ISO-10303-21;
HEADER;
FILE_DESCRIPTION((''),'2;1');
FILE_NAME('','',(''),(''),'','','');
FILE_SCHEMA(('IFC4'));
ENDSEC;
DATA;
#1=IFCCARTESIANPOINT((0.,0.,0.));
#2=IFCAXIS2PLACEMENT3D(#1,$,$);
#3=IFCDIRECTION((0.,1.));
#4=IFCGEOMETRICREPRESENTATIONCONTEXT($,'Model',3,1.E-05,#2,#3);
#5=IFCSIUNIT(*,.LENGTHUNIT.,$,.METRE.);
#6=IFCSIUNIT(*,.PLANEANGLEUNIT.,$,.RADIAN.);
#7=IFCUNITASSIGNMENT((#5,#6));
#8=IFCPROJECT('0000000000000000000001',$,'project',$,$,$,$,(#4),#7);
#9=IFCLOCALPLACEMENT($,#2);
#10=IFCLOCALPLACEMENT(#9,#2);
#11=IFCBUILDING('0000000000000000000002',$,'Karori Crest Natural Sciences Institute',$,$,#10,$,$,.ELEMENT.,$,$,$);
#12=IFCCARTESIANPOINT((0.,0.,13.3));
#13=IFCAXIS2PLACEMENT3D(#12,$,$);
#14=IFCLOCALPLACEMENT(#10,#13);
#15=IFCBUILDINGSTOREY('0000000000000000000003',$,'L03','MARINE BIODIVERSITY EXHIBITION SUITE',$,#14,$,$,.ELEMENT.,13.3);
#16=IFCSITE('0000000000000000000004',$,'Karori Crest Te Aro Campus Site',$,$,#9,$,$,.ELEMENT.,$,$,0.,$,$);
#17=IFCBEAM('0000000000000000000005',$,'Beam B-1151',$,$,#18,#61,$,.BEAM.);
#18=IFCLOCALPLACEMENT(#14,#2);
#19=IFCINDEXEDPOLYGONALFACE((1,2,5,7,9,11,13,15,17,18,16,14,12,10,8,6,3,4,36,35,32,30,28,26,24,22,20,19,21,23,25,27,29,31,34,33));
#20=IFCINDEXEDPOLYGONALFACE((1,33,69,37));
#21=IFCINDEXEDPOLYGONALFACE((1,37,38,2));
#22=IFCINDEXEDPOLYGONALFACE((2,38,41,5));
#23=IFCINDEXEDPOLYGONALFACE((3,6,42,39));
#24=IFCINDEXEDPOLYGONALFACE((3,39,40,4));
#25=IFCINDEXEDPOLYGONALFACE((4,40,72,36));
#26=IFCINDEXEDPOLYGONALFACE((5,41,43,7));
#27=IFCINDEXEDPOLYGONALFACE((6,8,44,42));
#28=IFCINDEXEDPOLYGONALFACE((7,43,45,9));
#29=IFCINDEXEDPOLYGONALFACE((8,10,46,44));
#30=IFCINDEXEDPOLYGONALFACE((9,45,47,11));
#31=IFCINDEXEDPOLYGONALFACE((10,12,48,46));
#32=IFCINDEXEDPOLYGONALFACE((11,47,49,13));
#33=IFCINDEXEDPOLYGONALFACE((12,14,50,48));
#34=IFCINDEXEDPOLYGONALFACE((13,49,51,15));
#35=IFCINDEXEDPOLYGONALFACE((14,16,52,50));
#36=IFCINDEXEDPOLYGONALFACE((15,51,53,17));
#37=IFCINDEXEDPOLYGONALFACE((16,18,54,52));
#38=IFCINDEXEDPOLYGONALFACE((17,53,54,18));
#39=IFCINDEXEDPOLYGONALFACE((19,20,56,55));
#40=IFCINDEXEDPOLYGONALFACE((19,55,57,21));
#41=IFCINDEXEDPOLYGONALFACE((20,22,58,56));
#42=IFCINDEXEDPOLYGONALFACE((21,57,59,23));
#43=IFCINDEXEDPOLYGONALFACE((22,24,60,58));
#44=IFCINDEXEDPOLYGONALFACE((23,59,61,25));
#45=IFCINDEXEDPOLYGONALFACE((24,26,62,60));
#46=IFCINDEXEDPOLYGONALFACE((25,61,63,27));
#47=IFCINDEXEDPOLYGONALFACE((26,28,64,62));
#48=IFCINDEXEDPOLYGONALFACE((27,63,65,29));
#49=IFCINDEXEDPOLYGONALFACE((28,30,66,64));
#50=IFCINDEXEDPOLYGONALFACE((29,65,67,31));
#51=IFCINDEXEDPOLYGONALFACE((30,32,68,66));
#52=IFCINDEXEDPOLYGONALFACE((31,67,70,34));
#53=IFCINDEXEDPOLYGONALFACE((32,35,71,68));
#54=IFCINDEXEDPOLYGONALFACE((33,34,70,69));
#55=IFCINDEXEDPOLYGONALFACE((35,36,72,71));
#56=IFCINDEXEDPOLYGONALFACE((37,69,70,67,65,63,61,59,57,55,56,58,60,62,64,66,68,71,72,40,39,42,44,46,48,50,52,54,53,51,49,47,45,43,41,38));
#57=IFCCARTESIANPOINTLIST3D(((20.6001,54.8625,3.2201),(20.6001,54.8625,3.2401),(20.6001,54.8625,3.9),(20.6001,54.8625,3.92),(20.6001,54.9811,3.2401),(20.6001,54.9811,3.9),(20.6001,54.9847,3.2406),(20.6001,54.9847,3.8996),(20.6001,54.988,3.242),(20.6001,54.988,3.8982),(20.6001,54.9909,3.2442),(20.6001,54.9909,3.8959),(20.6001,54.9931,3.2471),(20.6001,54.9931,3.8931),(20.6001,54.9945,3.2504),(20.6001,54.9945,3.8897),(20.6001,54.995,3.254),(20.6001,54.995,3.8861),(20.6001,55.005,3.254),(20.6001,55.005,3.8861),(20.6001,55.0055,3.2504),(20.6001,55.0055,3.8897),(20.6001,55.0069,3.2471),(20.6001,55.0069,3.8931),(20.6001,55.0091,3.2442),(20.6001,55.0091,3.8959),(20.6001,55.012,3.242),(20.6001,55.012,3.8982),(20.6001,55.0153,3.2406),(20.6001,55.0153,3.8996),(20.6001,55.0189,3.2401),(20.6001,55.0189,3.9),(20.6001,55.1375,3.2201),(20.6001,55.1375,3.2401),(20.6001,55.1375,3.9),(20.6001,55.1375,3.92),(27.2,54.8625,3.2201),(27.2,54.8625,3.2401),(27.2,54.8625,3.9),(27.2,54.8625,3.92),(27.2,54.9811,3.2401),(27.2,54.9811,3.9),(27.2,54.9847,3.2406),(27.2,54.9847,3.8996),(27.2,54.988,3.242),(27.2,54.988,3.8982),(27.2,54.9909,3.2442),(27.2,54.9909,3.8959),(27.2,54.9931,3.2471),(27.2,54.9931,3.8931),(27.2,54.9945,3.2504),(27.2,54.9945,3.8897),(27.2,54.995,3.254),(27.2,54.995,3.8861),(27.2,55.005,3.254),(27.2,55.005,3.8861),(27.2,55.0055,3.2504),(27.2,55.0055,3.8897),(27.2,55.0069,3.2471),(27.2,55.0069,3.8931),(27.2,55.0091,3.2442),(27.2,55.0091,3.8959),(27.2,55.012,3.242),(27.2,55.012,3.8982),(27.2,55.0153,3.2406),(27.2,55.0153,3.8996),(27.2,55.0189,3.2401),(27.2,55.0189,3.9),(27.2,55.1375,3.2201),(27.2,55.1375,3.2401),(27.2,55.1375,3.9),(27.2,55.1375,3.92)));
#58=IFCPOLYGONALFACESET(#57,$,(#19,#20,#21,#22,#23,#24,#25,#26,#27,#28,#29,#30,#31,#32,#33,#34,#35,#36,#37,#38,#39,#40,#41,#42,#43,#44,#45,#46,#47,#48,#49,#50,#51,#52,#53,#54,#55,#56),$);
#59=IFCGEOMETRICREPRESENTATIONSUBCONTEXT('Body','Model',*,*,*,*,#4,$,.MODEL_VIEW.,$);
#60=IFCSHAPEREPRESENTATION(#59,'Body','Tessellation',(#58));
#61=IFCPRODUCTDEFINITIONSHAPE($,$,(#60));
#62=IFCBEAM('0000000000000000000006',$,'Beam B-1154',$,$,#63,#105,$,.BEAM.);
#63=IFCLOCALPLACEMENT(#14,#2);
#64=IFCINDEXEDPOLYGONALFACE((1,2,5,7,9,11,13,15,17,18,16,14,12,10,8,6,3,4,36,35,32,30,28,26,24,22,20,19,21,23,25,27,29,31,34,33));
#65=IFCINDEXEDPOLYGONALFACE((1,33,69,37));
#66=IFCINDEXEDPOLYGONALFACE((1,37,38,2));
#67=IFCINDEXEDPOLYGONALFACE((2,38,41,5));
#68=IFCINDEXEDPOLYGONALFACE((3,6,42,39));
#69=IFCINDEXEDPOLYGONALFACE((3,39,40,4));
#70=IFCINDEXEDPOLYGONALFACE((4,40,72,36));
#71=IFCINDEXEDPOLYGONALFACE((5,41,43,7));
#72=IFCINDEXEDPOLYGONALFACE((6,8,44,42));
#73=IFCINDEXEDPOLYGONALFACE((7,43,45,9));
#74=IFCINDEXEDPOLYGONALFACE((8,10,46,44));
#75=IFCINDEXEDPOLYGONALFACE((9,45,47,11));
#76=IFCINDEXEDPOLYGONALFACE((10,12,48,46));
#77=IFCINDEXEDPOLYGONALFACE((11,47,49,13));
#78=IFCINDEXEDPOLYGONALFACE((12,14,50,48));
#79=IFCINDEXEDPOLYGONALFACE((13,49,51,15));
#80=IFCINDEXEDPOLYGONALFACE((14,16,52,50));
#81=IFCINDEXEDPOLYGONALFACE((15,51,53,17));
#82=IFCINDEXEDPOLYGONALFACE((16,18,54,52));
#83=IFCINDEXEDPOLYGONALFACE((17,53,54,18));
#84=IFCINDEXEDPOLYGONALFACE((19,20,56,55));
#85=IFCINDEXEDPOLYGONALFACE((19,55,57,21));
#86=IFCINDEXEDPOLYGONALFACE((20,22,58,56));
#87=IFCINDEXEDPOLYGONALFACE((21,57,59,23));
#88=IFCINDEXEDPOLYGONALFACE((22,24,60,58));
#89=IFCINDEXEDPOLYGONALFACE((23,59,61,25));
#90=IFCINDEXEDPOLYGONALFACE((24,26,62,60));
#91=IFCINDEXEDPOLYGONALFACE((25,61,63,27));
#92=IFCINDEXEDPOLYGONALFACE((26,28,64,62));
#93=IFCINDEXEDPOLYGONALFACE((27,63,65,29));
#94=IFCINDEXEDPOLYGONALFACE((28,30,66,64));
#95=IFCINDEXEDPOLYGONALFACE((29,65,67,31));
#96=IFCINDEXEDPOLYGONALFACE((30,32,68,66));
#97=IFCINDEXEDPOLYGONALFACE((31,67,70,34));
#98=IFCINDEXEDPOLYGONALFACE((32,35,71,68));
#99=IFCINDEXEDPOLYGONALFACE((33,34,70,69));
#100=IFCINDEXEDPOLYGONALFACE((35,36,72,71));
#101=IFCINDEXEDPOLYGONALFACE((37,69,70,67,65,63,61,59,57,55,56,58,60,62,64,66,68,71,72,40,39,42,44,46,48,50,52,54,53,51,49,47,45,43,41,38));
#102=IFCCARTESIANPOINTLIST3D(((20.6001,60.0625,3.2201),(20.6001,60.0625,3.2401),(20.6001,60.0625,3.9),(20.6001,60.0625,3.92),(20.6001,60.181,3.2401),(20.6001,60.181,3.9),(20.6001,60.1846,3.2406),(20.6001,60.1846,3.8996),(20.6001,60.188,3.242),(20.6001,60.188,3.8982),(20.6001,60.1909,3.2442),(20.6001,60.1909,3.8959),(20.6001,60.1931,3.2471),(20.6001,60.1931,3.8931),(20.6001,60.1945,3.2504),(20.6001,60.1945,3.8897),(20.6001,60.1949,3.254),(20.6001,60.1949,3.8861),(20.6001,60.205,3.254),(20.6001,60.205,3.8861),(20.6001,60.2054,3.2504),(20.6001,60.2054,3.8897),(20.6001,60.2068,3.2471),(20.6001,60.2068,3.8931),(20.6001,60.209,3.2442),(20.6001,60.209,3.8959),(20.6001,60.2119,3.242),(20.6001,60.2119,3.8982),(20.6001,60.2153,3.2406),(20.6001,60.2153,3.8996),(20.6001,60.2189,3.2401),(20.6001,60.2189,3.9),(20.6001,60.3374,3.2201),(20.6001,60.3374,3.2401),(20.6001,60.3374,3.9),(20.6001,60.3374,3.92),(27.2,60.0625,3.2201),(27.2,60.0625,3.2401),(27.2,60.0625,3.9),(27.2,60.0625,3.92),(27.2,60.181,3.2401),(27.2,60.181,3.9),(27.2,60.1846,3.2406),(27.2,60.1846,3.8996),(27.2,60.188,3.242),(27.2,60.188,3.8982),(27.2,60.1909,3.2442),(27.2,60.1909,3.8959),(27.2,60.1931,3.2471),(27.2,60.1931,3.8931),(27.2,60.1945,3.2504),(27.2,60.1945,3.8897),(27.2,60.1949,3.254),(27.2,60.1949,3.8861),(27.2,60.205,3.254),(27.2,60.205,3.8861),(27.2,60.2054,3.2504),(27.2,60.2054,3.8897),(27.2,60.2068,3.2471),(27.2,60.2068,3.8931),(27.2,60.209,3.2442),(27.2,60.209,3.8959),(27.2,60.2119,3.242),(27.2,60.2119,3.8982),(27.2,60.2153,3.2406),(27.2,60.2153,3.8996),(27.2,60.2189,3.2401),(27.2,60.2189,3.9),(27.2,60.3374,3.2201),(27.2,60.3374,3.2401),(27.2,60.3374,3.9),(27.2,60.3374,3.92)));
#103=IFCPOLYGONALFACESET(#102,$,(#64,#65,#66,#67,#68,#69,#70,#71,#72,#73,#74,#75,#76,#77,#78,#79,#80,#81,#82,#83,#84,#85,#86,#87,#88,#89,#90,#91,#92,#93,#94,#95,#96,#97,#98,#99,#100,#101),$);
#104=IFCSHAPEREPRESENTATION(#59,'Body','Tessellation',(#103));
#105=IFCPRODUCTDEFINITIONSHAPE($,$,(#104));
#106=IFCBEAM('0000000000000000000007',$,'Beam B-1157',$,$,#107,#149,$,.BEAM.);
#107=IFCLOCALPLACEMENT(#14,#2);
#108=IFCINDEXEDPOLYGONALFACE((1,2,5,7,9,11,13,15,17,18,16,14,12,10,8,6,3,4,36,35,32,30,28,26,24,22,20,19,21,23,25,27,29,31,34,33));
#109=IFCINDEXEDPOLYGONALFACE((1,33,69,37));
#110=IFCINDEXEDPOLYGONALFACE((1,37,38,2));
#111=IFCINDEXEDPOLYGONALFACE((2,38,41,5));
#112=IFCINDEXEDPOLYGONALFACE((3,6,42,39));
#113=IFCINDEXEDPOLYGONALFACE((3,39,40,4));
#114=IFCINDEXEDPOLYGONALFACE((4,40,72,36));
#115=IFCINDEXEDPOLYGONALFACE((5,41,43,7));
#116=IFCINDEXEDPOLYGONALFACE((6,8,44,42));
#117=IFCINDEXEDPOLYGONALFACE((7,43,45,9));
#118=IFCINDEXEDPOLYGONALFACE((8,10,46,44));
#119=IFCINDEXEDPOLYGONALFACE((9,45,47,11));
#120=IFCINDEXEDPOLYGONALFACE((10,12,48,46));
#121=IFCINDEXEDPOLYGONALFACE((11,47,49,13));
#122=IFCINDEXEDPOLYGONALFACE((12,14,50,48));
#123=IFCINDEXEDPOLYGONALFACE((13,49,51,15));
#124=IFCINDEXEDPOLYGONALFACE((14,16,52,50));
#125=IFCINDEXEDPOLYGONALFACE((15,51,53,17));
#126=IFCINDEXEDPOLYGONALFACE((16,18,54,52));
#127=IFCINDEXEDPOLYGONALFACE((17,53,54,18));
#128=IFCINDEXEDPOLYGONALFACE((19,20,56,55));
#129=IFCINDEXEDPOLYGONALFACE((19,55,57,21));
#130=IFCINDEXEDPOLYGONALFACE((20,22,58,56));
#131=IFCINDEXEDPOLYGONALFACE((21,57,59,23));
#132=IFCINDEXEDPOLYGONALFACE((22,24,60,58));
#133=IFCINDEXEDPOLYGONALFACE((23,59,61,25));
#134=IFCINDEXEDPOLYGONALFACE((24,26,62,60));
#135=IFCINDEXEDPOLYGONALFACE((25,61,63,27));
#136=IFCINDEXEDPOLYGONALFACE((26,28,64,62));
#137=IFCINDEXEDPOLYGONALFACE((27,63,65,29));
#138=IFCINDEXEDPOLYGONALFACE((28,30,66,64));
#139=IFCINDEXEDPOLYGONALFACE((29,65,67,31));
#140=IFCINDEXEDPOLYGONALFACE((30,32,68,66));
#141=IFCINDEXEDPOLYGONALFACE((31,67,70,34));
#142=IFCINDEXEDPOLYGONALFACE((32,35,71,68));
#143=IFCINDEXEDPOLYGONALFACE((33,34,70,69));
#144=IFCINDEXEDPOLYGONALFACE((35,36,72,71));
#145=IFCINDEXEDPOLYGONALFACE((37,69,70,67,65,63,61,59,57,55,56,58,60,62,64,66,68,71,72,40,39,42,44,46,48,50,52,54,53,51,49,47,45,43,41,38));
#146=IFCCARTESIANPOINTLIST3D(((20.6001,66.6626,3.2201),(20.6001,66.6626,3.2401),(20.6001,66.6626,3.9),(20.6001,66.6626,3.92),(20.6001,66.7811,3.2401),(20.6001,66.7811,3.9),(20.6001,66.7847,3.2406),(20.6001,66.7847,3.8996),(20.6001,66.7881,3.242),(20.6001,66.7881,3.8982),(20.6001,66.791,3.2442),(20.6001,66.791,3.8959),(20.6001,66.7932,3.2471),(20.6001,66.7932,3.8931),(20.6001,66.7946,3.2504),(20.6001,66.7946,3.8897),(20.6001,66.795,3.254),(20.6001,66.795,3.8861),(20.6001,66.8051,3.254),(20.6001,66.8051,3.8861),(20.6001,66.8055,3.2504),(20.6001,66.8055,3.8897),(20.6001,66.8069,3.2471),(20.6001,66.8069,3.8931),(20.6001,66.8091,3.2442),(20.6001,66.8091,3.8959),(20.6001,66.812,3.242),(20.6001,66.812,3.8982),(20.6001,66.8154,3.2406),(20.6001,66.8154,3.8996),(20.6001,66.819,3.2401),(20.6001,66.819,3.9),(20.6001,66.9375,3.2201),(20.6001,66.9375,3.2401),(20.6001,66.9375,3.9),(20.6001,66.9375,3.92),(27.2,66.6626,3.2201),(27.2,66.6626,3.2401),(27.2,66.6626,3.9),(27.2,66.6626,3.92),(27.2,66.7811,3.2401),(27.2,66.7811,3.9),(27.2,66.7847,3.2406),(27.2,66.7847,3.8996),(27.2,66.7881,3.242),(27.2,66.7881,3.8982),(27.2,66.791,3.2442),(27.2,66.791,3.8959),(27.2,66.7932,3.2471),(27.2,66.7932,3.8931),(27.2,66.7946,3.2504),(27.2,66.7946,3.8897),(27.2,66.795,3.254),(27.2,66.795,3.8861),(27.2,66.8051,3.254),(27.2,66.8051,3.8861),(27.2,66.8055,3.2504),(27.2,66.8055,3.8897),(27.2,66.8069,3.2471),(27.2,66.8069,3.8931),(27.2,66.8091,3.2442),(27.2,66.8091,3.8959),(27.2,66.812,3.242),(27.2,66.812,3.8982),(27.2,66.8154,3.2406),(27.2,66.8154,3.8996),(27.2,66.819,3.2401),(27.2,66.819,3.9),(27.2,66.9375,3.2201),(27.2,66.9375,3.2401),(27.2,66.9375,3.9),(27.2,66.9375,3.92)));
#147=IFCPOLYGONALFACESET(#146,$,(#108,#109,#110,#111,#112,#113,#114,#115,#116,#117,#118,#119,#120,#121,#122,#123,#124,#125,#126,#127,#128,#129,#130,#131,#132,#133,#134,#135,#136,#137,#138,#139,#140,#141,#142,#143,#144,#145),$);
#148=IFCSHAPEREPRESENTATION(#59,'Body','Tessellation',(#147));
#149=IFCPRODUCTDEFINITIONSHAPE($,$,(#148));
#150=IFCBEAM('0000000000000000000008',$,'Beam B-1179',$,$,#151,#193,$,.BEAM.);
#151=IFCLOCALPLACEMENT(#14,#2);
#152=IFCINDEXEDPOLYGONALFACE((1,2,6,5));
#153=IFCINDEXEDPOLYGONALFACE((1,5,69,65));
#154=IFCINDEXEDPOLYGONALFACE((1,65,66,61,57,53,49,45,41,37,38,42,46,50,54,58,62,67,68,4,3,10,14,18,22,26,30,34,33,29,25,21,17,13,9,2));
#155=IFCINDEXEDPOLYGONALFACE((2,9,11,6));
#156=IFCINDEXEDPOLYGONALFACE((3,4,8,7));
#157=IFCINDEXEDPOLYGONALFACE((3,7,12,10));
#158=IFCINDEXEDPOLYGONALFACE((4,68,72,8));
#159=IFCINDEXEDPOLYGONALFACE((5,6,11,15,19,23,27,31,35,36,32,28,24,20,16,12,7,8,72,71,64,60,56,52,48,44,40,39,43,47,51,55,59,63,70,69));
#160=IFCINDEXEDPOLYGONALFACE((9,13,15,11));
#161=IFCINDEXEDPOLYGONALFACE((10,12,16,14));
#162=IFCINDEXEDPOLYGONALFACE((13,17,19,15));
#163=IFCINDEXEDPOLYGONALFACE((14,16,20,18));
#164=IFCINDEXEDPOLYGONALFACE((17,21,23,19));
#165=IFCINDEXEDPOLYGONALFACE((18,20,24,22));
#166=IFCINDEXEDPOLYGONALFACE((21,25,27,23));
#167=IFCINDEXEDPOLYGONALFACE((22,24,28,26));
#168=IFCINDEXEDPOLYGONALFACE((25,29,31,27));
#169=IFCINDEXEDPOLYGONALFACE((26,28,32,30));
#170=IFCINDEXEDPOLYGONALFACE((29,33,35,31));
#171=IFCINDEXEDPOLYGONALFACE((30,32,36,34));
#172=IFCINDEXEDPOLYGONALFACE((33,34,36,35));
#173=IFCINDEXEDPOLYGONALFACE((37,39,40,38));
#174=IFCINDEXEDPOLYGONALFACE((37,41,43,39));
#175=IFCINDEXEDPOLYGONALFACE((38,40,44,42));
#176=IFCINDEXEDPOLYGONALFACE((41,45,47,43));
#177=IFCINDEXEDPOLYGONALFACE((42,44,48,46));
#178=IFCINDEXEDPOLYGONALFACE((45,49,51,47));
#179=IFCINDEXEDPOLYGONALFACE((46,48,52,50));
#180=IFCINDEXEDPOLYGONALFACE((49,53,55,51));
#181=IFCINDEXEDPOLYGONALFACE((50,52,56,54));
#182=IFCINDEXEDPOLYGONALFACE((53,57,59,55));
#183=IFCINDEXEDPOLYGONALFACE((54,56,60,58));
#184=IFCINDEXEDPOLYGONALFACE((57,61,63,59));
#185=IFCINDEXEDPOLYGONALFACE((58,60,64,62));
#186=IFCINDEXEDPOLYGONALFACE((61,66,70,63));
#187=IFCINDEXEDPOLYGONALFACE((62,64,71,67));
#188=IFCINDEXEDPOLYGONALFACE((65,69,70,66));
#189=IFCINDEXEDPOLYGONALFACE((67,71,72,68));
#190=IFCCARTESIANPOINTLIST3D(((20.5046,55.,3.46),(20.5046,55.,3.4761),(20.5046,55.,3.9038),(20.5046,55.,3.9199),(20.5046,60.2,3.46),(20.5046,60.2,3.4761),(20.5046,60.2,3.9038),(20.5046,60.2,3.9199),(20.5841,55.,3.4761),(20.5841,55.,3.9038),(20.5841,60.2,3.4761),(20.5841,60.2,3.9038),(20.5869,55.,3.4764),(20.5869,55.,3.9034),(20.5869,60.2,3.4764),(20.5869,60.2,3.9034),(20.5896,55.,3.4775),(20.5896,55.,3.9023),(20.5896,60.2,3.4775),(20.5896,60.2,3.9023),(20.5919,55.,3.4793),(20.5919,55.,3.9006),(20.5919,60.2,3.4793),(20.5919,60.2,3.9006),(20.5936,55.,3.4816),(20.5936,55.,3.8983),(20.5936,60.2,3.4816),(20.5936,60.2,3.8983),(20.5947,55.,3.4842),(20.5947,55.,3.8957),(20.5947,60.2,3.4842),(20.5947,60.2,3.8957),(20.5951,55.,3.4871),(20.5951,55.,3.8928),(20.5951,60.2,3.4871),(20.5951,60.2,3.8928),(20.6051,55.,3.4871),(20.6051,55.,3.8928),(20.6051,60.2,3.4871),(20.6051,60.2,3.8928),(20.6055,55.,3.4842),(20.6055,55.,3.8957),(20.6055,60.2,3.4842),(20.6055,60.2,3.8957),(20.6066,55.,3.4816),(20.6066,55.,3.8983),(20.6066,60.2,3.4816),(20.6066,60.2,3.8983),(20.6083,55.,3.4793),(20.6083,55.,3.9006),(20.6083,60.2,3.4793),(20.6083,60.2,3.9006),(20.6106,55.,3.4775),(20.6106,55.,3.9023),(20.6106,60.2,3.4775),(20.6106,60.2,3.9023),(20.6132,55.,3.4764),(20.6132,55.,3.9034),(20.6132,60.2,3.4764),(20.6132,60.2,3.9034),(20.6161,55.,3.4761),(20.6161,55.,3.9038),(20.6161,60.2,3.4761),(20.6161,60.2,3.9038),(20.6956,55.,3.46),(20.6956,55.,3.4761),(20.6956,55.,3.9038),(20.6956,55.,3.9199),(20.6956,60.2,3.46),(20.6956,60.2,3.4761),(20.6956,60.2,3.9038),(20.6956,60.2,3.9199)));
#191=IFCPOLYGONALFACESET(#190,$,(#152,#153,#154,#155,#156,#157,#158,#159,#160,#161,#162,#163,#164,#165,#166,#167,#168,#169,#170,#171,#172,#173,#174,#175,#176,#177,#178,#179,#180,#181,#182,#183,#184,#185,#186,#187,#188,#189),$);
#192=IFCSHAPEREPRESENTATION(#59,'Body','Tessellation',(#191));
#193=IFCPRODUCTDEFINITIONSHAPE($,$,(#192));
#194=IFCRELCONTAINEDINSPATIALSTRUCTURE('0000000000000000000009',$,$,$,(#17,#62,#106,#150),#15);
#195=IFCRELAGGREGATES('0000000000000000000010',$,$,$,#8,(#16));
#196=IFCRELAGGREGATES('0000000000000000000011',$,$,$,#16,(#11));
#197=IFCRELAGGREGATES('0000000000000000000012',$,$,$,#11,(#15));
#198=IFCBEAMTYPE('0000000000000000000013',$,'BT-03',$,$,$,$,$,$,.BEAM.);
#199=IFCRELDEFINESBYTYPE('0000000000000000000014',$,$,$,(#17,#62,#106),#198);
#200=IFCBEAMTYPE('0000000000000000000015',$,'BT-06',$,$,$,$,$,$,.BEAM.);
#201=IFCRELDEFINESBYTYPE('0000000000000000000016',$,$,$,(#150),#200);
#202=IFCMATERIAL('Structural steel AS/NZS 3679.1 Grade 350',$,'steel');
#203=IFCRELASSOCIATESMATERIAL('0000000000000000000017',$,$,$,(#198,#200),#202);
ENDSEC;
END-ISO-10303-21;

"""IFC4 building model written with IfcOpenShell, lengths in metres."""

from ifc_helpers import new_model, si_unit, direction, frame, origin, origin_2d, place, context, subcontext, project, spatial, i_section, extrude, material, material_profile, profile_set, type_object, element, save


model = new_model("IFC4")

# Units and contexts
model_context = context("Model", 3, precision=1e-05, world=origin(), true_north=direction((0.0, 1.0)))
body_context = subcontext(model_context, "Body", "Model", "MODEL_VIEW")
ifc_project = project(units=[si_unit("LENGTHUNIT", "METRE"), si_unit("PLANEANGLEUNIT", "RADIAN")], contexts=[model_context])

# Site, building, storey
site_placement = place(None, origin())
site = spatial("IfcSite", under=ifc_project, at=site_placement, Name="Karori Crest Te Aro Campus Site", CompositionType="ELEMENT", RefElevation=0.0)
building_placement = place(site_placement, origin())
building = spatial("IfcBuilding", under=site, at=building_placement, Name="Karori Crest Natural Sciences Institute", CompositionType="ELEMENT")
storey_placement = place(building_placement, frame((0.0, 0.0, 13.3)))
storey = spatial("IfcBuildingStorey", under=building, at=storey_placement, Name="L03", Description="MARINE BIODIVERSITY EXHIBITION SUITE", CompositionType="ELEMENT", Elevation=13.3)

# Shared definitions
ifc_material_1 = material(Name="Structural steel AS/NZS 3679.1 Grade 350", Category="steel")

# Beams
ifc_material_profile_1 = material_profile(ifc_material_1, i_section(OverallWidth=0.2749, OverallDepth=0.7, WebThickness=0.01, FlangeThickness=0.02, FilletRadius=0.0139, at=origin_2d()), Name="700WB150")
ifc_profile_set_1 = profile_set([ifc_material_profile_1], Name="Structural steel AS/NZS 3679.1 Grade 350")
beam_type_1 = type_object("IfcBeamType", Name="BT-03", PredefinedType="BEAM", material=ifc_profile_set_1)
for number, where, z_axis, x_axis, name in (
    (1, (20.6001, 55.0, 3.5701), (1.0, 0.0, 0.0), (0.0, 1.0, 0.0), "Beam B-1151"),
    (2, (20.6001, 60.2, 3.5701), (1.0, 0.0, 0.0), (0.0, 1.0, 0.0), "Beam B-1154"),
    (3, (20.6001, 66.8, 3.5701), (1.0, 0.0, 0.0), (0.0, 1.0, 0.0), "Beam B-1157"),
):
    element("IfcBeam", number, at=place(storey_placement, frame(where, z_axis=z_axis, x_axis=x_axis)), inside=storey, type_object=beam_type_1, Name=name, PredefinedType="BEAM", context=body_context, shape_type="SweptSolid", body=[
        extrude(i_section(OverallWidth=0.2749, OverallDepth=0.7, WebThickness=0.01, FlangeThickness=0.02, FilletRadius=0.0139, at=origin_2d()), origin(), (0.0, 0.0, 1.0), 6.5999),
    ])
ifc_material_profile_2 = material_profile(ifc_material_1, i_section(OverallWidth=0.1909, OverallDepth=0.46, WebThickness=0.01, FlangeThickness=0.0161, FilletRadius=0.011, at=origin_2d()), Name="460UB82.1")
ifc_profile_set_2 = profile_set([ifc_material_profile_2], Name="Structural steel AS/NZS 3679.1 Grade 350")
beam_type_2 = type_object("IfcBeamType", Name="BT-06", PredefinedType="BEAM", material=ifc_profile_set_2)
beam_1_placement = place(storey_placement, frame((20.6001, 55.0, 3.6899), z_axis=(0.0, 1.0, 0.0), x_axis=(-1.0, 0.0, 0.0)))
element("IfcBeam", 4, at=beam_1_placement, inside=storey, type_object=beam_type_2, Name="Beam B-1179", PredefinedType="BEAM", context=body_context, shape_type="SweptSolid", body=[
    extrude(i_section(OverallWidth=0.1909, OverallDepth=0.46, WebThickness=0.01, FlangeThickness=0.0161, FilletRadius=0.011, at=origin_2d()), origin(), (0.0, 0.0, 1.0), 5.2),
])

save(model, "model.ifc")
